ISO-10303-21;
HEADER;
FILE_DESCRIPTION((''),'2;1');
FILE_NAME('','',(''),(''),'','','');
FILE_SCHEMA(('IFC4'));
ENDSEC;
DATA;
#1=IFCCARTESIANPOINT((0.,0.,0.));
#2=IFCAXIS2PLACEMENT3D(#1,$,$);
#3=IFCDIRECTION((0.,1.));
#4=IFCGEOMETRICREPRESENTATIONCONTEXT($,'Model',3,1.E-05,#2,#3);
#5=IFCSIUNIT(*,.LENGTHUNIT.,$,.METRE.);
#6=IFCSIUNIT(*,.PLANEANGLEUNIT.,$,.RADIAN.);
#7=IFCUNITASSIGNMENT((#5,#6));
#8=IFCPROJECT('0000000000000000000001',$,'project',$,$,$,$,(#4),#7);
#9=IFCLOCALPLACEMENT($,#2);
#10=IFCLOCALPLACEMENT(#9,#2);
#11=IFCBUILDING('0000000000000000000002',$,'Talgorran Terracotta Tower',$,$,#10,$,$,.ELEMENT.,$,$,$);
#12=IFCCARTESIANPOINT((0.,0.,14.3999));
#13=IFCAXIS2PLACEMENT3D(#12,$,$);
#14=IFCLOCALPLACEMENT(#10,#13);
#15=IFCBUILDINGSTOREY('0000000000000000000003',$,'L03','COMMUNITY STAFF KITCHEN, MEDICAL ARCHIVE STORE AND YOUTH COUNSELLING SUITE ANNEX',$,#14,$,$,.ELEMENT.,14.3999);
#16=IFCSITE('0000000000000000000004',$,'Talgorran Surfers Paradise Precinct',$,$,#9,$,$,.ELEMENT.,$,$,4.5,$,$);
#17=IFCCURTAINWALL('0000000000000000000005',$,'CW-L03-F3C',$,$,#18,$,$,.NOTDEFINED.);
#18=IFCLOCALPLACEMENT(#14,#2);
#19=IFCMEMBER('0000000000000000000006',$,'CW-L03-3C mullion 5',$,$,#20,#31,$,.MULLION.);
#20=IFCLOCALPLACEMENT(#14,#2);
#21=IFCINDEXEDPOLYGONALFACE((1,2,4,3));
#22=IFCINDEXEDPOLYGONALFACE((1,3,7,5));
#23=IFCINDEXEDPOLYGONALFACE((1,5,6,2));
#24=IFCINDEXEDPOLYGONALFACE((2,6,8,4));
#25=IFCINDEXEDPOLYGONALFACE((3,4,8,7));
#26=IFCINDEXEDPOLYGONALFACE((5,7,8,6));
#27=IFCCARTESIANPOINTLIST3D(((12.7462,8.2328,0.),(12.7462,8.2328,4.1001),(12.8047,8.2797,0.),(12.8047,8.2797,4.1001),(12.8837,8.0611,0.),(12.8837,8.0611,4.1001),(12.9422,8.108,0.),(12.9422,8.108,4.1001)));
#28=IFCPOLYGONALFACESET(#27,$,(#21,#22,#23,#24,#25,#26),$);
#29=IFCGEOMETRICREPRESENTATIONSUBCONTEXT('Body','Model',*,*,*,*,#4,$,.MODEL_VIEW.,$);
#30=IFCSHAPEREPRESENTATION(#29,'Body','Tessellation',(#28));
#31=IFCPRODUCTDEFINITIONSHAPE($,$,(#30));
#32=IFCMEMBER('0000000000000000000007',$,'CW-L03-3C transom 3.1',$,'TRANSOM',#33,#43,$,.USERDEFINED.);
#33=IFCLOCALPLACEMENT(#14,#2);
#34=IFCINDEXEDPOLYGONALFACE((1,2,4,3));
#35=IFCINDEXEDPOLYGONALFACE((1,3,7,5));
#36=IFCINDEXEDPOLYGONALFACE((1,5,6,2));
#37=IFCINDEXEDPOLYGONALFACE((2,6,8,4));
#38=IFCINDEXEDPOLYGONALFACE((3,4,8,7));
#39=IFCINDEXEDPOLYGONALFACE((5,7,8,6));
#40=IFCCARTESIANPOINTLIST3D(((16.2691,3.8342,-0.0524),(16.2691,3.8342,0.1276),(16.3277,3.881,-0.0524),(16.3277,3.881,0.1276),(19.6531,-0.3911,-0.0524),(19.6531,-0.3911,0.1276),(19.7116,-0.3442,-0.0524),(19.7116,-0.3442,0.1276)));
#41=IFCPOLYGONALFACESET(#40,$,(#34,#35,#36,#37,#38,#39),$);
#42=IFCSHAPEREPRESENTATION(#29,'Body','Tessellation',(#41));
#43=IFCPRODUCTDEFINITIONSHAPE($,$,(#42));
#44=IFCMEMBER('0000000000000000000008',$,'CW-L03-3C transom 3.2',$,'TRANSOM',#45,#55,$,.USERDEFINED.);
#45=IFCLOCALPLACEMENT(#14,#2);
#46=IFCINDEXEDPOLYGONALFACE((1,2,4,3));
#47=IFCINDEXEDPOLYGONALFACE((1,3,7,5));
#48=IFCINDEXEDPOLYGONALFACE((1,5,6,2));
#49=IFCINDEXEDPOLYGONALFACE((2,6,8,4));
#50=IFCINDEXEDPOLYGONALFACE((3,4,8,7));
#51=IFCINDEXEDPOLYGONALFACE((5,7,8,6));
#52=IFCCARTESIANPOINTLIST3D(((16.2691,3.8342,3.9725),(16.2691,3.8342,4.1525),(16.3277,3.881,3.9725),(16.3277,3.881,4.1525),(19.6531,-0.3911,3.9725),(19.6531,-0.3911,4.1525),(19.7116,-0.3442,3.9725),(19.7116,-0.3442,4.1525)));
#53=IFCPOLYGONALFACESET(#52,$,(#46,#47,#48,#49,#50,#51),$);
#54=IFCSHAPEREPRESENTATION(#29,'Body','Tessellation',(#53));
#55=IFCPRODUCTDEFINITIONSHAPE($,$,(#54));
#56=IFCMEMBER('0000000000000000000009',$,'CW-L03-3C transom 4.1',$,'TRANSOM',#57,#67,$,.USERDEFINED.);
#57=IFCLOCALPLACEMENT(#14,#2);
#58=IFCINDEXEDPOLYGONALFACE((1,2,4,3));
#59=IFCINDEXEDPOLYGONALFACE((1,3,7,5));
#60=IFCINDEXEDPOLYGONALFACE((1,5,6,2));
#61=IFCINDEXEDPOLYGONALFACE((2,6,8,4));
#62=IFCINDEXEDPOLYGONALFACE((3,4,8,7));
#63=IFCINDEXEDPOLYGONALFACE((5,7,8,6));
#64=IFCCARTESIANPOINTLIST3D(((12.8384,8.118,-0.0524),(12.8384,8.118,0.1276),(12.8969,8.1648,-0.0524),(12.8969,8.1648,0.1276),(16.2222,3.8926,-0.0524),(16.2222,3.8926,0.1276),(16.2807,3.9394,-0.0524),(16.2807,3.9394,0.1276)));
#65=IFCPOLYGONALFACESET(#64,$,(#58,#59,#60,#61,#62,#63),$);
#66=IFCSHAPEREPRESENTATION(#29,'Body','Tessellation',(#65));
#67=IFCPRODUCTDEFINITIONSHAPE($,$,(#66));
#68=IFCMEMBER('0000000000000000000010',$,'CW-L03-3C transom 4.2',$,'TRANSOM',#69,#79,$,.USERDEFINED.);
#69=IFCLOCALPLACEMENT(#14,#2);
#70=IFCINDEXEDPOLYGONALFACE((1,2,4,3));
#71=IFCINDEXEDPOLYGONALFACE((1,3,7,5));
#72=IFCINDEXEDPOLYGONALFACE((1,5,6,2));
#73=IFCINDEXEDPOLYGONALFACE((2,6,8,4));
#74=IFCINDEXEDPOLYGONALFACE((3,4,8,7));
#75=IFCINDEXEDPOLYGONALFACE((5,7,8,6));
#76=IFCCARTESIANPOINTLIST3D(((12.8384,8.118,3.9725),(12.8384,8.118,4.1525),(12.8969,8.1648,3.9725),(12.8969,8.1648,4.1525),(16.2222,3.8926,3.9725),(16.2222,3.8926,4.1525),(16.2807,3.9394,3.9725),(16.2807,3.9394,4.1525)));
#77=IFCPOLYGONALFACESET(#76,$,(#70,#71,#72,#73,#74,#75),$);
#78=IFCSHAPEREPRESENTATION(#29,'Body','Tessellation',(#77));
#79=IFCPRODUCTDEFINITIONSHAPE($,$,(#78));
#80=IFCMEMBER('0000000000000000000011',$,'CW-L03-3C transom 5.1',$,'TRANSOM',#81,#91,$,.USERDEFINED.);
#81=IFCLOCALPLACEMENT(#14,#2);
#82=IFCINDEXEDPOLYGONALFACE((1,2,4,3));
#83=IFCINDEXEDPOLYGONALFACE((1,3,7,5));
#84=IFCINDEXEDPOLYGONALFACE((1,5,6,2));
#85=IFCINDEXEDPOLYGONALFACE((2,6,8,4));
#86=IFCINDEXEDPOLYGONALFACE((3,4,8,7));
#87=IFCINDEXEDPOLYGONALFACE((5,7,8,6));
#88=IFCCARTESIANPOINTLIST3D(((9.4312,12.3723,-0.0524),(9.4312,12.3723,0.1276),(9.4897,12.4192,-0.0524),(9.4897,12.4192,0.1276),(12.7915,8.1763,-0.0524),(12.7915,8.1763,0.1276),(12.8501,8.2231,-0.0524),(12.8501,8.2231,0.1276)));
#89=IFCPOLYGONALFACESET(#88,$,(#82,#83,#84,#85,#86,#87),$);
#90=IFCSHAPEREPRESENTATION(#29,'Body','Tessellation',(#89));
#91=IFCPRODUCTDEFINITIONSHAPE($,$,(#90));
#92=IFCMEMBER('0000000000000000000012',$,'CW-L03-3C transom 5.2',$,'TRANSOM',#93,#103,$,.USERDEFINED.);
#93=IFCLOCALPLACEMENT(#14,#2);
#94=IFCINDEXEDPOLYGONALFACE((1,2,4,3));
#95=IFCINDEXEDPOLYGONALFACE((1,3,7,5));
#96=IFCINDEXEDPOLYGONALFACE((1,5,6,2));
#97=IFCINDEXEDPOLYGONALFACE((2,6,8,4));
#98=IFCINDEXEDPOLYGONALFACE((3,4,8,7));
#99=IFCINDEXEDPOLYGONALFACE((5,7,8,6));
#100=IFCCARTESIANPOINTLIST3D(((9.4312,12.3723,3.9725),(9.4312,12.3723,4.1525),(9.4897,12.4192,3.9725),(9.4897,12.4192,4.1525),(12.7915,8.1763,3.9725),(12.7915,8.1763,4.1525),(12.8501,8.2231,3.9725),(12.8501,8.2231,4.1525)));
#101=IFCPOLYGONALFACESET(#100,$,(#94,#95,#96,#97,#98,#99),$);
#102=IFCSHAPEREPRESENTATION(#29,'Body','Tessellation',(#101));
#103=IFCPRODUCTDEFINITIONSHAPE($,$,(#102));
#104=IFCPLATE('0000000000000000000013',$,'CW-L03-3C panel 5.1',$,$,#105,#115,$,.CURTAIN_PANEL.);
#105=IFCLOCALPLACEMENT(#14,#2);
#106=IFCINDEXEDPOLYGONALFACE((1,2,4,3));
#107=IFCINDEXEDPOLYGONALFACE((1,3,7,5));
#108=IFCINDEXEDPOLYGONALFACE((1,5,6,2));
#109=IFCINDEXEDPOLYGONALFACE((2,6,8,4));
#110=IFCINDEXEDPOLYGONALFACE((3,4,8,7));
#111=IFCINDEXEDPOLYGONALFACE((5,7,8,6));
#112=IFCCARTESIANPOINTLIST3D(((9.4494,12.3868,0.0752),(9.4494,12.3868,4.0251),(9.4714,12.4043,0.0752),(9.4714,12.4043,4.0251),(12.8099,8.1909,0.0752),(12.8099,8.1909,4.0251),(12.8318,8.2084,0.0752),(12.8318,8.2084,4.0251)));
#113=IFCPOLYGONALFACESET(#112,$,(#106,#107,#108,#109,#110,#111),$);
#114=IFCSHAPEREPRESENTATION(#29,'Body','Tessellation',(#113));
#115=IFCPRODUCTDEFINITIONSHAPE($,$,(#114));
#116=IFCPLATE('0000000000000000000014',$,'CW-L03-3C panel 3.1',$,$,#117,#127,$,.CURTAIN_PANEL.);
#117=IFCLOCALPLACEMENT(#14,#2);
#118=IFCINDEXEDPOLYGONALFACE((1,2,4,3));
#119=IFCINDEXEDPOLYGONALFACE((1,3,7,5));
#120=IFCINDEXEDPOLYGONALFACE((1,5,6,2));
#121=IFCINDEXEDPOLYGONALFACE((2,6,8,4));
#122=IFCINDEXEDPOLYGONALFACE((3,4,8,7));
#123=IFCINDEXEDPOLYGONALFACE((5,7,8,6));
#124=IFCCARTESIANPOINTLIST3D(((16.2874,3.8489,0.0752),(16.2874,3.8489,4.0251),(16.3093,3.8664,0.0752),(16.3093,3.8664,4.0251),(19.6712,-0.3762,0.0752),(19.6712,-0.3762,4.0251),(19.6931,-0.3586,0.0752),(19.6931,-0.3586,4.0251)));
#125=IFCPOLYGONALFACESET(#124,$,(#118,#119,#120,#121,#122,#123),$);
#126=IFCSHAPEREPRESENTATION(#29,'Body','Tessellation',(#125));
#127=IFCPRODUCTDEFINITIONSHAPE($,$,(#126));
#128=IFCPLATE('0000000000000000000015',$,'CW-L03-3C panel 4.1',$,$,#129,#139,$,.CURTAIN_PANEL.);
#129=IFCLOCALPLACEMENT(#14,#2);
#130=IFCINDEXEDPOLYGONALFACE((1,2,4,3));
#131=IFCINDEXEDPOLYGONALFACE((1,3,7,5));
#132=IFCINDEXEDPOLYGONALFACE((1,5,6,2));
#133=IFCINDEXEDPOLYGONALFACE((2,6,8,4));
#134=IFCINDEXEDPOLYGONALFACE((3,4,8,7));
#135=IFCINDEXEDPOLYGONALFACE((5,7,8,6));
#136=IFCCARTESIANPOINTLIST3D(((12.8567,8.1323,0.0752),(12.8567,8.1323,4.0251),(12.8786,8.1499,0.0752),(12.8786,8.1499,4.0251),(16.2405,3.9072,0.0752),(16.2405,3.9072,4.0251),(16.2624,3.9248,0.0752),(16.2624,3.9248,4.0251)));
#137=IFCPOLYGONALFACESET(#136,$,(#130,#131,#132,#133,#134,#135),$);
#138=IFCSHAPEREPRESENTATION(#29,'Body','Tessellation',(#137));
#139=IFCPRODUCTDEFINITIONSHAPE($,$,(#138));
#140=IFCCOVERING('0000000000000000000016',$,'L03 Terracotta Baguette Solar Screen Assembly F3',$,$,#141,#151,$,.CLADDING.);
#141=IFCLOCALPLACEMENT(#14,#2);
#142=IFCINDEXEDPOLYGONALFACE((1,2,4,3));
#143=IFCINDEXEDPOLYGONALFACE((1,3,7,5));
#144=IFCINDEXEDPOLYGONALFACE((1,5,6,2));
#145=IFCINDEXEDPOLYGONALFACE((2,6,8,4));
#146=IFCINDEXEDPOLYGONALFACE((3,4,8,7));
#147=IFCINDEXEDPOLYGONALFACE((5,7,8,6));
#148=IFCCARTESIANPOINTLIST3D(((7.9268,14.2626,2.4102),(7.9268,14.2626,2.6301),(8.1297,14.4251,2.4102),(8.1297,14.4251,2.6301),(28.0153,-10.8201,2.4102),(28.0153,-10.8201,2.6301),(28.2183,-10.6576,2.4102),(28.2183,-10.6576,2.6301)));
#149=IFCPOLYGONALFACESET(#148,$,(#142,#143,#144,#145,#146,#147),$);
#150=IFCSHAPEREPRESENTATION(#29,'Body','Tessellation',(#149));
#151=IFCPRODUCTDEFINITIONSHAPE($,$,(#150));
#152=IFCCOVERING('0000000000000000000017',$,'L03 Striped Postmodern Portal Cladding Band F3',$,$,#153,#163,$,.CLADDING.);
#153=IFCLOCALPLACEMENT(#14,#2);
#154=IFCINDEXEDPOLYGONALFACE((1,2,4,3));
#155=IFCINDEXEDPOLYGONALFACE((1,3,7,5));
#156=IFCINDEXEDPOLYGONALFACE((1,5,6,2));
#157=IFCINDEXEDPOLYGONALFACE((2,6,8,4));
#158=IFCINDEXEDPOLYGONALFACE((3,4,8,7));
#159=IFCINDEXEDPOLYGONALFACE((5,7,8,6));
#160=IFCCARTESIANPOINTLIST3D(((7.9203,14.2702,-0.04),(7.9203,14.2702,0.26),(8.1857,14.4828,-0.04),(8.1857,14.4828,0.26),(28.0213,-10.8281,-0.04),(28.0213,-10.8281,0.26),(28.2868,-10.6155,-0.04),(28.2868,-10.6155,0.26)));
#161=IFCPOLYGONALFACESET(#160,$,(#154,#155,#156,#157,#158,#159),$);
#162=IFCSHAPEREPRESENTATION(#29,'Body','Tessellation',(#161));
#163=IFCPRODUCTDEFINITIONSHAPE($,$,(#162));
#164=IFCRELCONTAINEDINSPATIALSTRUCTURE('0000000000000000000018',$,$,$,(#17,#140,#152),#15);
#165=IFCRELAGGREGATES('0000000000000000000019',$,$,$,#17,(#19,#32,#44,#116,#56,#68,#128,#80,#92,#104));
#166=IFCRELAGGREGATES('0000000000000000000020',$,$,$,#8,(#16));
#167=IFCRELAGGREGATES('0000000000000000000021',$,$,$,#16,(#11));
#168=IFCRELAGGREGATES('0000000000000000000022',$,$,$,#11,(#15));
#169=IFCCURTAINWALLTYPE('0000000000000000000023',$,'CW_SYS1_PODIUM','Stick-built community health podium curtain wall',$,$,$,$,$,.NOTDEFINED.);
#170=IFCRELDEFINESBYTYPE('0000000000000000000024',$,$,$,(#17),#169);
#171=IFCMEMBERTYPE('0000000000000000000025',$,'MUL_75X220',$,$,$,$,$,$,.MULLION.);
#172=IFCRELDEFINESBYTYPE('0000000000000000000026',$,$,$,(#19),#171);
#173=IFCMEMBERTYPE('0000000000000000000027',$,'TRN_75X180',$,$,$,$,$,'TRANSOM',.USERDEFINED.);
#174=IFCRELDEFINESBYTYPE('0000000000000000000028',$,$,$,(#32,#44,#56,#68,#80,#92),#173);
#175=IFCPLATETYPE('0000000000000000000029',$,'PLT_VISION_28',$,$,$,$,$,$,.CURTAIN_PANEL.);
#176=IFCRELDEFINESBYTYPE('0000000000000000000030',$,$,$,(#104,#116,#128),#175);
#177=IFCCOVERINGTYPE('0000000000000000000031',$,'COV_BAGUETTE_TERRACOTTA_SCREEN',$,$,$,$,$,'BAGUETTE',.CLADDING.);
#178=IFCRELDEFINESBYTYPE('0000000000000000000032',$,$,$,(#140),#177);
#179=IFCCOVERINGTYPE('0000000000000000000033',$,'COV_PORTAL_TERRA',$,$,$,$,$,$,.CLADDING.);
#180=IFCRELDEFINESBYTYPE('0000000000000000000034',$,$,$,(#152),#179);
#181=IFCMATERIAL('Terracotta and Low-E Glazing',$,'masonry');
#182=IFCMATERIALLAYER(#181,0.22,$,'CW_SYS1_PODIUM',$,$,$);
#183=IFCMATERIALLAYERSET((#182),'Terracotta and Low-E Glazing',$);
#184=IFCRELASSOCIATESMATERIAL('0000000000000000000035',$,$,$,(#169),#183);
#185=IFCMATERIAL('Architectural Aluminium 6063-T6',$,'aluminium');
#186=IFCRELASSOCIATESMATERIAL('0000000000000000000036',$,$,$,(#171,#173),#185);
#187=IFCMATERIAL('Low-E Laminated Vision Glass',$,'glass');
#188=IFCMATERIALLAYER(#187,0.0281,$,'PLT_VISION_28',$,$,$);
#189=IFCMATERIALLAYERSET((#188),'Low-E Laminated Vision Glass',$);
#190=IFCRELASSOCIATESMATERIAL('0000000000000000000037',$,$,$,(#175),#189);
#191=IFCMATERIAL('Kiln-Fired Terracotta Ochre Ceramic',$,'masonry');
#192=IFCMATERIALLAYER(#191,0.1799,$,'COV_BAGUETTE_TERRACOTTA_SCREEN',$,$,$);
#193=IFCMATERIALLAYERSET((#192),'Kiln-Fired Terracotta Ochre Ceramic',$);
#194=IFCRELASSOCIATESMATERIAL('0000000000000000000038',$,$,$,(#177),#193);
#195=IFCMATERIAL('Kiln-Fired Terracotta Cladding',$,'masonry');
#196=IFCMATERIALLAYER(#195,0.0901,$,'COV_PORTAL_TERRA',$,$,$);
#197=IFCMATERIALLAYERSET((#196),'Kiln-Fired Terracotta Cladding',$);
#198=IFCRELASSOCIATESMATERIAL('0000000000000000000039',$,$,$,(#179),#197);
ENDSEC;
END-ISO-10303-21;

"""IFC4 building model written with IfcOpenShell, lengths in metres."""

from ifc_helpers import new_model, si_unit, direction, frame, origin, origin_2d, place, context, subcontext, project, spatial, rectangle, extrude, source, transform, mapped, material, layer, layer_set, material_profile, profile_set, type_object, type_shapes, element, aggregate, save


model = new_model("IFC4")

# Units and contexts
model_context = context("Model", 3, precision=1e-05, world=origin(), true_north=direction((0.0, 1.0)))
body_context = subcontext(model_context, "Body", "Model", "MODEL_VIEW")
ifc_project = project(units=[si_unit("LENGTHUNIT", "METRE"), si_unit("PLANEANGLEUNIT", "RADIAN")], contexts=[model_context])

# Site, building, storey
site_placement = place(None, origin())
site = spatial("IfcSite", under=ifc_project, at=site_placement, Name="Talgorran Surfers Paradise Precinct", CompositionType="ELEMENT", RefElevation=4.5)
building_placement = place(site_placement, origin())
building = spatial("IfcBuilding", under=site, at=building_placement, Name="Talgorran Terracotta Tower", CompositionType="ELEMENT")
storey_placement = place(building_placement, frame((0.0, 0.0, 14.3999)))
storey = spatial("IfcBuildingStorey", under=building, at=storey_placement, Name="L03", Description="COMMUNITY STAFF KITCHEN, MEDICAL ARCHIVE STORE AND YOUTH COUNSELLING SUITE ANNEX", CompositionType="ELEMENT", Elevation=14.3999)

# Curtain wall, members, plates
ifc_material_1 = material(Name="Terracotta and Low-E Glazing", Category="masonry")
ifc_layer_1 = layer(ifc_material_1, 0.22, Name="CW_SYS1_PODIUM")
ifc_layer_set_1 = layer_set([ifc_layer_1], Name="Terracotta and Low-E Glazing")
curtain_wall_type = type_object("IfcCurtainWallType", Name="CW_SYS1_PODIUM", Description="Stick-built community health podium curtain wall", PredefinedType="NOTDEFINED", material=ifc_layer_set_1)
curtain_wall_placement = place(storey_placement, origin())
curtain_wall = element("IfcCurtainWall", 1, at=curtain_wall_placement, inside=storey, type_object=curtain_wall_type, Name="CW-L03-F3C", PredefinedType="NOTDEFINED")
ifc_material_2 = material(Name="Architectural Aluminium 6063-T6", Category="aluminium")
ifc_material_profile_1 = material_profile(ifc_material_2, rectangle(XDim=0.075, YDim=0.22, at=origin_2d()), Name="CWM75X220")
ifc_profile_set_1 = profile_set([ifc_material_profile_1], Name="Architectural Aluminium 6063-T6")
member_type_1 = type_object("IfcMemberType", Name="MUL_75X220", PredefinedType="MULLION", material=ifc_profile_set_1)
member_1_placement = place(storey_placement, frame((12.8442, 8.1704, 0.0), z_axis=(0.0, 0.0, 1.0), x_axis=(-0.780531, -0.625117, 0.0)))
member_1 = element("IfcMember", 2, at=member_1_placement, type_object=member_type_1, Name="CW-L03-3C mullion 5", PredefinedType="MULLION", context=body_context, shape_type="SweptSolid", body=[
    extrude(rectangle(XDim=0.075, YDim=0.22, at=origin_2d()), origin(), (0.0, 0.0, 1.0), 4.1001),
])
ifc_material_profile_2 = material_profile(ifc_material_2, rectangle(XDim=0.075, YDim=0.1799, at=origin_2d()), Name="CWT75X180")
ifc_profile_set_2 = profile_set([ifc_material_profile_2], Name="Architectural Aluminium 6063-T6")
member_type_2 = type_object("IfcMemberType", Name="TRN_75X180", ElementType="TRANSOM", PredefinedType="USERDEFINED", material=ifc_profile_set_2)
member_2_placement = place(storey_placement, frame((19.6824, -0.3677, 0.0376), z_axis=(-0.625118, 0.78053, 0.0), x_axis=(-0.78053, -0.625118, 0.0)))
member_2 = element("IfcMember", 3, at=member_2_placement, type_object=member_type_2, Name="CW-L03-3C transom 3.1", ObjectType="TRANSOM", PredefinedType="USERDEFINED", context=body_context, shape_type="SweptSolid", body=[
    extrude(rectangle(XDim=0.075, YDim=0.1799, at=origin_2d()), origin(), (0.0, 0.0, 1.0), 5.4133),
])
member_3_placement = place(storey_placement, frame((19.6824, -0.3677, 4.0625), z_axis=(-0.625118, 0.78053, 0.0), x_axis=(-0.78053, -0.625118, 0.0)))
member_3 = element("IfcMember", 4, at=member_3_placement, type_object=member_type_2, Name="CW-L03-3C transom 3.2", ObjectType="TRANSOM", PredefinedType="USERDEFINED", context=body_context, shape_type="SweptSolid", body=[
    extrude(rectangle(XDim=0.075, YDim=0.1799, at=origin_2d()), origin(), (0.0, 0.0, 1.0), 5.4133),
])
member_4_placement = place(storey_placement, frame((16.2515, 3.916, 0.0376), z_axis=(-0.625091, 0.780552, 0.0), x_axis=(-0.780552, -0.625091, 0.0)))
member_4 = element("IfcMember", 5, at=member_4_placement, type_object=member_type_2, Name="CW-L03-3C transom 4.1", ObjectType="TRANSOM", PredefinedType="USERDEFINED", context=body_context, shape_type="SweptSolid", body=[
    extrude(rectangle(XDim=0.075, YDim=0.1799, at=origin_2d()), origin(), (0.0, 0.0, 1.0), 5.4133),
])
member_5_placement = place(storey_placement, frame((16.2515, 3.916, 4.0625), z_axis=(-0.625091, 0.780552, 0.0), x_axis=(-0.780552, -0.625091, 0.0)))
member_5 = element("IfcMember", 6, at=member_5_placement, type_object=member_type_2, Name="CW-L03-3C transom 4.2", ObjectType="TRANSOM", PredefinedType="USERDEFINED", context=body_context, shape_type="SweptSolid", body=[
    extrude(rectangle(XDim=0.075, YDim=0.1799, at=origin_2d()), origin(), (0.0, 0.0, 1.0), 5.4133),
])
member_6_placement = place(storey_placement, frame((12.8208, 8.1997, 0.0376), z_axis=(-0.625094, 0.78055, 0.0), x_axis=(-0.78055, -0.625094, 0.0)))
member_6 = element("IfcMember", 7, at=member_6_placement, type_object=member_type_2, Name="CW-L03-3C transom 5.1", ObjectType="TRANSOM", PredefinedType="USERDEFINED", context=body_context, shape_type="SweptSolid", body=[
    extrude(rectangle(XDim=0.075, YDim=0.1799, at=origin_2d()), origin(), (0.0, 0.0, 1.0), 5.3757),
])
member_7_placement = place(storey_placement, frame((12.8208, 8.1997, 4.0625), z_axis=(-0.625094, 0.78055, 0.0), x_axis=(-0.78055, -0.625094, 0.0)))
member_7 = element("IfcMember", 8, at=member_7_placement, type_object=member_type_2, Name="CW-L03-3C transom 5.2", ObjectType="TRANSOM", PredefinedType="USERDEFINED", context=body_context, shape_type="SweptSolid", body=[
    extrude(rectangle(XDim=0.075, YDim=0.1799, at=origin_2d()), origin(), (0.0, 0.0, 1.0), 5.3757),
])
ifc_material_3 = material(Name="Low-E Laminated Vision Glass", Category="glass")
ifc_layer_2 = layer(ifc_material_3, 0.0281, Name="PLT_VISION_28")
ifc_layer_set_2 = layer_set([ifc_layer_2], Name="Low-E Laminated Vision Glass")
plate_type = type_object("IfcPlateType", Name="PLT_VISION_28", PredefinedType="CURTAIN_PANEL", material=ifc_layer_set_2)
shared_shape_1 = source(origin(), body_context, "Body", "SweptSolid", [
    extrude(rectangle(XDim=5.3757, YDim=0.0281, at=origin_2d()), origin(), (0.0, 0.0, 1.0), 3.95),
])
plate_1_placement = place(storey_placement, frame((11.1406, 10.2976, 0.0752), z_axis=(0.0, 0.0, 1.0), x_axis=(-0.625117, 0.780531, 0.0)))
plate_1 = element("IfcPlate", 9, at=plate_1_placement, type_object=plate_type, Name="CW-L03-3C panel 5.1", PredefinedType="CURTAIN_PANEL", context=body_context, shape_type="MappedRepresentation", body=[
    mapped(shared_shape_1, transform((0.0, 0.0, 0.0), scale=1.0)),
])
shared_shape_2 = source(origin(), body_context, "Body", "SweptSolid", [
    extrude(rectangle(XDim=5.4131, YDim=0.0281, at=origin_2d()), origin(), (0.0, 0.0, 1.0), 3.95),
])
type_shapes(plate_type, [shared_shape_1, shared_shape_2])
plate_2_placement = place(storey_placement, frame((17.9902, 1.7451, 0.0752), z_axis=(0.0, 0.0, 1.0), x_axis=(-0.625117, 0.780531, 0.0)))
plate_2 = element("IfcPlate", 10, at=plate_2_placement, type_object=plate_type, Name="CW-L03-3C panel 3.1", PredefinedType="CURTAIN_PANEL", context=body_context, shape_type="MappedRepresentation", body=[
    mapped(shared_shape_2, transform((0.0, 0.0, 0.0), scale=1.0)),
])
plate_3_placement = place(storey_placement, frame((14.5596, 6.0286, 0.0752), z_axis=(0.0, 0.0, 1.0), x_axis=(-0.625117, 0.780531, 0.0)))
plate_3 = element("IfcPlate", 11, at=plate_3_placement, type_object=plate_type, Name="CW-L03-3C panel 4.1", PredefinedType="CURTAIN_PANEL", context=body_context, shape_type="MappedRepresentation", body=[
    mapped(shared_shape_2, transform((0.0, 0.0, 0.0), scale=1.0)),
])
aggregate(curtain_wall, [member_1, member_2, member_3, plate_2, member_4, member_5, plate_3, member_6, member_7, plate_1])

# Coverings
ifc_material_4 = material(Name="Kiln-Fired Terracotta Ochre Ceramic", Category="masonry")
ifc_layer_3 = layer(ifc_material_4, 0.1799, Name="COV_BAGUETTE_TERRACOTTA_SCREEN")
ifc_layer_set_3 = layer_set([ifc_layer_3], Name="Kiln-Fired Terracotta Ochre Ceramic")
covering_type_1 = type_object("IfcCoveringType", Name="COV_BAGUETTE_TERRACOTTA_SCREEN", ElementType="BAGUETTE", PredefinedType="CLADDING", material=ifc_layer_set_3)
covering_1_placement = place(storey_placement, frame((18.0725, 1.8025, 2.4102), z_axis=(0.0, 0.0, 1.0), x_axis=(-0.62512, 0.780529, 0.0)))
element("IfcCovering", 12, at=covering_1_placement, inside=storey, type_object=covering_type_1, Name="L03 Terracotta Baguette Solar Screen Assembly F3", PredefinedType="CLADDING", context=body_context, shape_type="SweptSolid", body=[
    extrude(rectangle(XDim=32.1355, YDim=0.26, at=origin_2d()), origin(), (0.0, 0.0, 1.0), 0.22),
])
ifc_material_5 = material(Name="Kiln-Fired Terracotta Cladding", Category="masonry")
ifc_layer_4 = layer(ifc_material_5, 0.0901, Name="COV_PORTAL_TERRA")
ifc_layer_set_4 = layer_set([ifc_layer_4], Name="Kiln-Fired Terracotta Cladding")
covering_type_2 = type_object("IfcCoveringType", Name="COV_PORTAL_TERRA", PredefinedType="CLADDING", material=ifc_layer_set_4)
covering_2_placement = place(storey_placement, frame((18.1035, 1.8274, -0.04), z_axis=(0.0, 0.0, 1.0), x_axis=(-0.62512, 0.780529, 0.0)))
element("IfcCovering", 13, at=covering_2_placement, inside=storey, type_object=covering_type_2, Name="L03 Striped Postmodern Portal Cladding Band F3", PredefinedType="CLADDING", context=body_context, shape_type="SweptSolid", body=[
    extrude(rectangle(XDim=32.1555, YDim=0.3401, at=origin_2d()), origin(), (0.0, 0.0, 1.0), 0.3),
])

save(model, "model.ifc")
